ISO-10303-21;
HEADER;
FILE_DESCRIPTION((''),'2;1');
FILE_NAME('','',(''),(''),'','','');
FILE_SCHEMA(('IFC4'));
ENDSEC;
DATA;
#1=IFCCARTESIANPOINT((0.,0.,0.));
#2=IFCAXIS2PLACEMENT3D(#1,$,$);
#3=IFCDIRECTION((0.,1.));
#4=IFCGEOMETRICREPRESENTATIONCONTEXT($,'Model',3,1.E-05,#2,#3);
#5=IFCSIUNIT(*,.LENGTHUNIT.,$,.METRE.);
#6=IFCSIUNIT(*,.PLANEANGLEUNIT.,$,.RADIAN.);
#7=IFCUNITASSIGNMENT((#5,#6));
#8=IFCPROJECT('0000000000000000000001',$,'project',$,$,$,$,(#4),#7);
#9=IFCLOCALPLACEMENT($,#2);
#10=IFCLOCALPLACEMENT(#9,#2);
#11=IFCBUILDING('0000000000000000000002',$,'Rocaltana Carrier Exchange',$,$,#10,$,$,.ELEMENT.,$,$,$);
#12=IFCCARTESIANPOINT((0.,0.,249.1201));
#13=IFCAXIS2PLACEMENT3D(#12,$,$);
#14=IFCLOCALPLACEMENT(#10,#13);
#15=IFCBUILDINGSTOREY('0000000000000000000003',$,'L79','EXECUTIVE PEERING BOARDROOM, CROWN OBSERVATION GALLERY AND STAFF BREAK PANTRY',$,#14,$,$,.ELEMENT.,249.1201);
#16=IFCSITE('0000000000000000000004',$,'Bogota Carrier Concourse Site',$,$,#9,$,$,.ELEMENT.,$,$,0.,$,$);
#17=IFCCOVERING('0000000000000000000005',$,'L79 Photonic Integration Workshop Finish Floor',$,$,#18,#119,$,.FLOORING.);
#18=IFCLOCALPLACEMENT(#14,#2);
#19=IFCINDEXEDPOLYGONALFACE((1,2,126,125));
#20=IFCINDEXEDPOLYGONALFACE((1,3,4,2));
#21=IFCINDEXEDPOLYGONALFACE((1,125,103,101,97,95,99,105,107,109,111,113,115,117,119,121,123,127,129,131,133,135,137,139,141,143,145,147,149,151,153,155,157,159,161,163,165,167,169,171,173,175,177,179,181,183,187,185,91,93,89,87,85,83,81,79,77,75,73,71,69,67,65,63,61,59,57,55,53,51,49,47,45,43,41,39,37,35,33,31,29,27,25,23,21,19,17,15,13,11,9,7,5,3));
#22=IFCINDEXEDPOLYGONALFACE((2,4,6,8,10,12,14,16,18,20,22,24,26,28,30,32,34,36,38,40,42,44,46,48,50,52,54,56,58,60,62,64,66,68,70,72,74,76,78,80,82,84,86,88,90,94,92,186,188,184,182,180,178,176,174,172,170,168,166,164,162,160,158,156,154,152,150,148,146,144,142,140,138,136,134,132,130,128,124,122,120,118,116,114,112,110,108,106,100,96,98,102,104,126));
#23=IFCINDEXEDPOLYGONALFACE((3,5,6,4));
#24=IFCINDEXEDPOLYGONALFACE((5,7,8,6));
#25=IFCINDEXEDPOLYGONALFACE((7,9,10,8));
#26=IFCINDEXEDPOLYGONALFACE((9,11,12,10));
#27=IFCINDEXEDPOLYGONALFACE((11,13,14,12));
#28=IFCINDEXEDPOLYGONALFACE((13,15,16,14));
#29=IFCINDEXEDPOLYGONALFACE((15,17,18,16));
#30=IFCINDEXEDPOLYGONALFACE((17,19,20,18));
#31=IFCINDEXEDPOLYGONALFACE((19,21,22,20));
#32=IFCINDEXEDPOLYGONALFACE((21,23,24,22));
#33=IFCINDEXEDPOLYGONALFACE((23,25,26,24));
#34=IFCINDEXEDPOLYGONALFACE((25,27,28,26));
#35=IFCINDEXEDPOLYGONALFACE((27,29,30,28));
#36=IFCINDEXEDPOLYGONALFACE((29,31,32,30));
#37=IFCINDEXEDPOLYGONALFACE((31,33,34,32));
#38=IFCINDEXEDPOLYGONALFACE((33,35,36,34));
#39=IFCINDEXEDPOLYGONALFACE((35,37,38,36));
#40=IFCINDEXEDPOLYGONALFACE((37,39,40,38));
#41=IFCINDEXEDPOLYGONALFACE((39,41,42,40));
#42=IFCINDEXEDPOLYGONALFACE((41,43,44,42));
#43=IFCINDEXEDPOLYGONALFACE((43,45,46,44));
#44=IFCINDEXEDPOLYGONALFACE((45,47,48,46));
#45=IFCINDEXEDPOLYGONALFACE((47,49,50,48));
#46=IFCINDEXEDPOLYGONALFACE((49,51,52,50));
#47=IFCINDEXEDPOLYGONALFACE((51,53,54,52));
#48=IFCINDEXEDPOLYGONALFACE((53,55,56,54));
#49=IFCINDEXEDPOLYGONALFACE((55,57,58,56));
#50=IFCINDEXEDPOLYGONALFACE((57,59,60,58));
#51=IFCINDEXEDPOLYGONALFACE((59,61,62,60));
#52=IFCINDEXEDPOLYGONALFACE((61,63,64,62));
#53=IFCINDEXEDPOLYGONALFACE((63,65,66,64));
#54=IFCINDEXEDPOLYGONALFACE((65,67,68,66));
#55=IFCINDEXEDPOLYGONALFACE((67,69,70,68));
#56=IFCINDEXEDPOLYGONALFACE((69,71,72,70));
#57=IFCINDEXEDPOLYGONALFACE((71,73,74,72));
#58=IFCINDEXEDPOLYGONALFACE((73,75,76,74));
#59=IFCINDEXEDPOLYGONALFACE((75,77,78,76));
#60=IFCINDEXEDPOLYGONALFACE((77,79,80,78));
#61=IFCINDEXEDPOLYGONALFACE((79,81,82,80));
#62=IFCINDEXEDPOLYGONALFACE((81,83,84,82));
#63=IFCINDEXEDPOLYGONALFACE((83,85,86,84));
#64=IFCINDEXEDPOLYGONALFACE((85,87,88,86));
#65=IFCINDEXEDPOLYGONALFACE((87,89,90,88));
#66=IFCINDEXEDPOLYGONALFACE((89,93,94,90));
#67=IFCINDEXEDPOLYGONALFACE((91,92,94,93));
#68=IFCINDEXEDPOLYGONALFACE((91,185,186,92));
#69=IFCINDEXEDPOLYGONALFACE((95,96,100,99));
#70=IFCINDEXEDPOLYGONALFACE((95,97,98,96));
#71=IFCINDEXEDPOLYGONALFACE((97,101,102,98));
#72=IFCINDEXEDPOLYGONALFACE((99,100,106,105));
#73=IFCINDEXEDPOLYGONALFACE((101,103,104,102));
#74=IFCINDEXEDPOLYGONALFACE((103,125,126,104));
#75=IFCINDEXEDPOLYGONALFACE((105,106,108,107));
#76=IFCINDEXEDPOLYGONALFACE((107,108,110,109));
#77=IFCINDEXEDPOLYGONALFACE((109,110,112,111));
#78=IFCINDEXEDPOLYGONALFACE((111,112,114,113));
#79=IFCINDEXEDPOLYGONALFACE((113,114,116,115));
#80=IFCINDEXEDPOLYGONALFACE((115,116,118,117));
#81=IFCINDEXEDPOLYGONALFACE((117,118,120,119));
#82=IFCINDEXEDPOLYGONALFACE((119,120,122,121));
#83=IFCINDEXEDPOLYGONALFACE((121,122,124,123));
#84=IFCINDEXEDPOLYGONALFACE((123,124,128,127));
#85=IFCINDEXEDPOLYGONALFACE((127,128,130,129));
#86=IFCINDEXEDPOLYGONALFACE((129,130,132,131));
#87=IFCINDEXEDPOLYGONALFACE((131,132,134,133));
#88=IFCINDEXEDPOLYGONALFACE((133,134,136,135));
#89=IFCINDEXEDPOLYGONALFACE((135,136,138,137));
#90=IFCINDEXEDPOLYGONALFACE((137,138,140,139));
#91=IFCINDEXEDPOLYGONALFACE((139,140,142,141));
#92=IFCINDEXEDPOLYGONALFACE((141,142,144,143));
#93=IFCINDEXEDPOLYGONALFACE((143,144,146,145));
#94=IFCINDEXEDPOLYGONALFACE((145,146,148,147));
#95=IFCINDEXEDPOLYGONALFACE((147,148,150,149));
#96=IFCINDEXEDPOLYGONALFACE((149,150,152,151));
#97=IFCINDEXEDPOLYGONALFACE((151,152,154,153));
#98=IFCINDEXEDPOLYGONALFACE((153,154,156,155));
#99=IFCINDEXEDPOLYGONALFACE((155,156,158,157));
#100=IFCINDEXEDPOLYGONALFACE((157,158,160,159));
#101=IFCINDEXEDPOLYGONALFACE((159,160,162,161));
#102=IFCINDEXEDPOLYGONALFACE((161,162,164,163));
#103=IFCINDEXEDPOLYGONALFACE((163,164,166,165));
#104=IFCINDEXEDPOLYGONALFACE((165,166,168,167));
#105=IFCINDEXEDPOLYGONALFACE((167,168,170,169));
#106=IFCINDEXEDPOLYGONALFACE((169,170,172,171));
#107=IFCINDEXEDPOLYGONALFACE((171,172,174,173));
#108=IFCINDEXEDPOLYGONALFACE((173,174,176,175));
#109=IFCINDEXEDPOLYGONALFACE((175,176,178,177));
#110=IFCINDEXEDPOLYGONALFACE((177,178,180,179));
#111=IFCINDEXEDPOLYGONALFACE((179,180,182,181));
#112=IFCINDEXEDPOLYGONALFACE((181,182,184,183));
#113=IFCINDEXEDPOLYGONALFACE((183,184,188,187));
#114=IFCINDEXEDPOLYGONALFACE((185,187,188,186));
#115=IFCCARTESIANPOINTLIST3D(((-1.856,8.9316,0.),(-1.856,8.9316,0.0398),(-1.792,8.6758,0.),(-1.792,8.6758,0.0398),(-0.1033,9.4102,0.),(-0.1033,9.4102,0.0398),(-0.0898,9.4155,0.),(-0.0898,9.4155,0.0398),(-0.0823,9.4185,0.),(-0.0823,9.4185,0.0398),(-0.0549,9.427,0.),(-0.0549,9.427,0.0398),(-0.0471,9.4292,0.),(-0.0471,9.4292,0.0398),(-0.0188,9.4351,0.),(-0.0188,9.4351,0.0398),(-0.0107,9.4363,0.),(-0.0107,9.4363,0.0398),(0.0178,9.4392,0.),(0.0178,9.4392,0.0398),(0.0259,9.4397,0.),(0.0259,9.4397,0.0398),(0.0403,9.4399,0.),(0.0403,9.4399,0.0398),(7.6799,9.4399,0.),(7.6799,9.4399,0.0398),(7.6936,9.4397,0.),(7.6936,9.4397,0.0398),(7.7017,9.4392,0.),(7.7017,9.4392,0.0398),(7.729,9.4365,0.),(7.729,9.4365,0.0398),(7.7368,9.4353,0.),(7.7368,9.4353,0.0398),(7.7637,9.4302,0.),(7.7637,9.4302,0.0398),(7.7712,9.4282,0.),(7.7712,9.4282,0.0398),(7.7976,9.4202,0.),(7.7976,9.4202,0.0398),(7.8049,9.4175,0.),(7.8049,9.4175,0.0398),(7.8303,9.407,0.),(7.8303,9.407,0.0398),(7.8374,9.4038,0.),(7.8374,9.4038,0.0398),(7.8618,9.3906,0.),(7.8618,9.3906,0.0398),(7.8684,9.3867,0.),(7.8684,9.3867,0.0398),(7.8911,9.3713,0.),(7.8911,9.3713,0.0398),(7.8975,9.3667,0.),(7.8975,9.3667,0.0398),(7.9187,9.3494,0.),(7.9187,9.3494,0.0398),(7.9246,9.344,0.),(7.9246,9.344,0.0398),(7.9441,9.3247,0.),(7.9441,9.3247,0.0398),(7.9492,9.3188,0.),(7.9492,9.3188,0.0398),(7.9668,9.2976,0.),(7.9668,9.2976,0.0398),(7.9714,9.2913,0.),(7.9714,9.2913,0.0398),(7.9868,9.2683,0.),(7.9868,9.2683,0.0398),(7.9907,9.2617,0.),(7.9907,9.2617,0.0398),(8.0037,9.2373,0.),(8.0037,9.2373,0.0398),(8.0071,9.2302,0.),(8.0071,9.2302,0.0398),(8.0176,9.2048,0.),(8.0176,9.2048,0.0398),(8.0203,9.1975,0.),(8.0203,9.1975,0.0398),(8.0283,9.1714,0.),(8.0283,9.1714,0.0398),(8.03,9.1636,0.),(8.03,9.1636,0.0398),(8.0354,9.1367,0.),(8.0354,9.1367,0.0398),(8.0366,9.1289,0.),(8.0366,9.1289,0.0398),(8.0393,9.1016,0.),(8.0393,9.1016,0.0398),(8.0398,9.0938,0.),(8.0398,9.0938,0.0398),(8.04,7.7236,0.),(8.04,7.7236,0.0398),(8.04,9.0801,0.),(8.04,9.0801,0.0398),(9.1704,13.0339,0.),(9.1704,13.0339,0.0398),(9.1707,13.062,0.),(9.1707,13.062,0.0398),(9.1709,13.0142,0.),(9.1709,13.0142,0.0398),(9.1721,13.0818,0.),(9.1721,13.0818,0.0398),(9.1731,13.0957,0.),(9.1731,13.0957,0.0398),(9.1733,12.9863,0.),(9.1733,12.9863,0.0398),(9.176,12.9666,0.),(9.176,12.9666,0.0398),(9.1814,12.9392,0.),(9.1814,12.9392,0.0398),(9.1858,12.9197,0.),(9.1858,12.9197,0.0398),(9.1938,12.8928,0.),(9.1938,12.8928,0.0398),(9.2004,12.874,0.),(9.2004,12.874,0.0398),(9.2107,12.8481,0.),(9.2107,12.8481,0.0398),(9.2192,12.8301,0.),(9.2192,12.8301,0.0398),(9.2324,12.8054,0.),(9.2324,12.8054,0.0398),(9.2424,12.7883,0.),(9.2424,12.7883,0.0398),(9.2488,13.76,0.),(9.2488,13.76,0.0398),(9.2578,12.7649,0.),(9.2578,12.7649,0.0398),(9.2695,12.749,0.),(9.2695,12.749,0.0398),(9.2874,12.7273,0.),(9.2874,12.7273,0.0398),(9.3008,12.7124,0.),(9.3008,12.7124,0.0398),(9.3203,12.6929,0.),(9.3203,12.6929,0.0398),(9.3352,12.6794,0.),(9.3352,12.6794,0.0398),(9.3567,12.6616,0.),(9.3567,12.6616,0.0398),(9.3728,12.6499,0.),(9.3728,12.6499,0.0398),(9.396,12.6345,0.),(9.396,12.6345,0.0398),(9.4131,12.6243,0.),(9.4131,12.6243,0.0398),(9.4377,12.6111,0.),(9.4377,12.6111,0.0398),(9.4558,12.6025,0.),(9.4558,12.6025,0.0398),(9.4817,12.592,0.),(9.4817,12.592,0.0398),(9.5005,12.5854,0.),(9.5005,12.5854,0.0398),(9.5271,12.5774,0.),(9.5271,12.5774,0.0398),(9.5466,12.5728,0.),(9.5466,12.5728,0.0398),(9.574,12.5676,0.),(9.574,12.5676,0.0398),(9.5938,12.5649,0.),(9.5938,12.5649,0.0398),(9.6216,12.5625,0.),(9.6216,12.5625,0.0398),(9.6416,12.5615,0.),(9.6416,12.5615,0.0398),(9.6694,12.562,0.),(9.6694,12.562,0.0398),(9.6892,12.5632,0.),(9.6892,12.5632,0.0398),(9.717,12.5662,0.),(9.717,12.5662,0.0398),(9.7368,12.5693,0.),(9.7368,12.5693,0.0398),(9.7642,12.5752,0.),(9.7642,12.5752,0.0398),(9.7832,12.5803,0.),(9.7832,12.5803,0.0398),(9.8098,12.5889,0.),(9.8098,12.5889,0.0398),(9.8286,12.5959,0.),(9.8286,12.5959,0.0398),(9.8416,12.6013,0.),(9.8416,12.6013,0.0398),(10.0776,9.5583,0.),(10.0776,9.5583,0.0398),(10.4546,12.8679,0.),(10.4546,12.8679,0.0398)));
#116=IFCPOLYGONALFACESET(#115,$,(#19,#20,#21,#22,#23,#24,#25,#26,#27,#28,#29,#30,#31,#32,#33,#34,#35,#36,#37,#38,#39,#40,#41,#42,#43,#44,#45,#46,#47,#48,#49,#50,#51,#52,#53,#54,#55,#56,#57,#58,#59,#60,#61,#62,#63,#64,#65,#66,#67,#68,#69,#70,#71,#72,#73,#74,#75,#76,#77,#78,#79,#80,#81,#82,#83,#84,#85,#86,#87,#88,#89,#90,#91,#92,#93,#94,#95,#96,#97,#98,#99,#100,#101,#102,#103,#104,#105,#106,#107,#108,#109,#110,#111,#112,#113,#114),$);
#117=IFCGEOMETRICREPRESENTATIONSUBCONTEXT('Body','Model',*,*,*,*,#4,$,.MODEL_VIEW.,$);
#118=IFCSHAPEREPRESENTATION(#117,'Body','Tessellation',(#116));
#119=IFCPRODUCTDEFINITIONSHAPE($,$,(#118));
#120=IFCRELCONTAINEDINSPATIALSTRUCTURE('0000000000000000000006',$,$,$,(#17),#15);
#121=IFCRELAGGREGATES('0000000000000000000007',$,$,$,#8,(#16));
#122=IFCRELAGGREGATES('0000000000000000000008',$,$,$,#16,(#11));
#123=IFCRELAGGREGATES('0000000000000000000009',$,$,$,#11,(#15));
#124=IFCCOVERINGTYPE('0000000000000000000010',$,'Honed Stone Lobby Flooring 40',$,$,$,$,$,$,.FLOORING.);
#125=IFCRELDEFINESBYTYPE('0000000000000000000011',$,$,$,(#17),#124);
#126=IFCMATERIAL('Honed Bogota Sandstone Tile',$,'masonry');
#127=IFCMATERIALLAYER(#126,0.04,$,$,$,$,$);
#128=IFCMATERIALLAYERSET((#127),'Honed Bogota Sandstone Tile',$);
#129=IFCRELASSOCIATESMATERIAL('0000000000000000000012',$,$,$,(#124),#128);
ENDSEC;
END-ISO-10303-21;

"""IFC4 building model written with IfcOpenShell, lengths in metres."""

from ifc_helpers import new_model, si_unit, direction, frame, origin, place, context, subcontext, project, spatial, polyline, outline, extrude, material, layer, layer_set, type_object, element, save


model = new_model("IFC4")

# Units and contexts
model_context = context("Model", 3, precision=1e-05, world=origin(), true_north=direction((0.0, 1.0)))
body_context = subcontext(model_context, "Body", "Model", "MODEL_VIEW")
ifc_project = project(units=[si_unit("LENGTHUNIT", "METRE"), si_unit("PLANEANGLEUNIT", "RADIAN")], contexts=[model_context])

# Site, building, storey
site_placement = place(None, origin())
site = spatial("IfcSite", under=ifc_project, at=site_placement, Name="Bogota Carrier Concourse Site", CompositionType="ELEMENT", RefElevation=0.0)
building_placement = place(site_placement, origin())
building = spatial("IfcBuilding", under=site, at=building_placement, Name="Rocaltana Carrier Exchange", CompositionType="ELEMENT")
storey_placement = place(building_placement, frame((0.0, 0.0, 249.1201)))
storey = spatial("IfcBuildingStorey", under=building, at=storey_placement, Name="L79", Description="EXECUTIVE PEERING BOARDROOM, CROWN OBSERVATION GALLERY AND STAFF BREAK PANTRY", CompositionType="ELEMENT", Elevation=249.1201)

# Covering
ifc_material_1 = material(Name="Honed Bogota Sandstone Tile", Category="masonry")
ifc_layer_1 = layer(ifc_material_1, 0.04)
ifc_layer_set_1 = layer_set([ifc_layer_1], Name="Honed Bogota Sandstone Tile")
covering_type_1 = type_object("IfcCoveringType", Name="Honed Stone Lobby Flooring 40", PredefinedType="FLOORING", material=ifc_layer_set_1)
covering_1_placement = place(storey_placement, origin())
element("IfcCovering", 1, at=covering_1_placement, inside=storey, type_object=covering_type_1, Name="L79 Photonic Integration Workshop Finish Floor", PredefinedType="FLOORING", context=body_context, shape_type="SweptSolid", body=[
    extrude(outline(polyline([(9.2488, 13.76), (9.1731, 13.0957), (9.1721, 13.0818), (9.1707, 13.062), (9.1704, 13.0339), (9.1709, 13.0142), (9.1733, 12.9863), (9.176, 12.9666), (9.1814, 12.9392), (9.1858, 12.9197), (9.1938, 12.8928), (9.2004, 12.874), (9.2107, 12.8481), (9.2192, 12.8301), (9.2324, 12.8054), (9.2424, 12.7883), (9.2578, 12.7649), (9.2695, 12.749), (9.2874, 12.7273), (9.3008, 12.7124), (9.3203, 12.6929), (9.3352, 12.6794), (9.3567, 12.6616), (9.3728, 12.6499), (9.396, 12.6345), (9.4131, 12.6243), (9.4377, 12.6111), (9.4558, 12.6025), (9.4817, 12.592), (9.5005, 12.5854), (9.5271, 12.5774), (9.5466, 12.5728), (9.574, 12.5676), (9.5938, 12.5649), (9.6216, 12.5625), (9.6416, 12.5615), (9.6694, 12.562), (9.6892, 12.5632), (9.717, 12.5662), (9.7368, 12.5693), (9.7642, 12.5752), (9.7832, 12.5803), (9.8098, 12.5889), (9.8286, 12.5959), (9.8416, 12.6013), (10.4546, 12.8679), (10.0776, 9.5583), (8.04, 7.7236), (8.04, 9.0801), (8.0398, 9.0938), (8.0393, 9.1016), (8.0366, 9.1289), (8.0354, 9.1367), (8.03, 9.1636), (8.0283, 9.1714), (8.0203, 9.1975), (8.0176, 9.2048), (8.0071, 9.2302), (8.0037, 9.2373), (7.9907, 9.2617), (7.9868, 9.2683), (7.9714, 9.2913), (7.9668, 9.2976), (7.9492, 9.3188), (7.9441, 9.3247), (7.9246, 9.344), (7.9187, 9.3494), (7.8975, 9.3667), (7.8911, 9.3713), (7.8684, 9.3867), (7.8618, 9.3906), (7.8374, 9.4038), (7.8303, 9.407), (7.8049, 9.4175), (7.7976, 9.4202), (7.7712, 9.4282), (7.7637, 9.4302), (7.7368, 9.4353), (7.729, 9.4365), (7.7017, 9.4392), (7.6936, 9.4397), (7.6799, 9.4399), (0.0403, 9.4399), (0.0259, 9.4397), (0.0178, 9.4392), (-0.0107, 9.4363), (-0.0188, 9.4351), (-0.0471, 9.4292), (-0.0549, 9.427), (-0.0823, 9.4185), (-0.0898, 9.4155), (-0.1033, 9.4102), (-1.792, 8.6758), (-1.856, 8.9316), (9.2488, 13.76)])), origin(), (0.0, 0.0, 1.0), 0.0398),
])

save(model, "model.ifc")
